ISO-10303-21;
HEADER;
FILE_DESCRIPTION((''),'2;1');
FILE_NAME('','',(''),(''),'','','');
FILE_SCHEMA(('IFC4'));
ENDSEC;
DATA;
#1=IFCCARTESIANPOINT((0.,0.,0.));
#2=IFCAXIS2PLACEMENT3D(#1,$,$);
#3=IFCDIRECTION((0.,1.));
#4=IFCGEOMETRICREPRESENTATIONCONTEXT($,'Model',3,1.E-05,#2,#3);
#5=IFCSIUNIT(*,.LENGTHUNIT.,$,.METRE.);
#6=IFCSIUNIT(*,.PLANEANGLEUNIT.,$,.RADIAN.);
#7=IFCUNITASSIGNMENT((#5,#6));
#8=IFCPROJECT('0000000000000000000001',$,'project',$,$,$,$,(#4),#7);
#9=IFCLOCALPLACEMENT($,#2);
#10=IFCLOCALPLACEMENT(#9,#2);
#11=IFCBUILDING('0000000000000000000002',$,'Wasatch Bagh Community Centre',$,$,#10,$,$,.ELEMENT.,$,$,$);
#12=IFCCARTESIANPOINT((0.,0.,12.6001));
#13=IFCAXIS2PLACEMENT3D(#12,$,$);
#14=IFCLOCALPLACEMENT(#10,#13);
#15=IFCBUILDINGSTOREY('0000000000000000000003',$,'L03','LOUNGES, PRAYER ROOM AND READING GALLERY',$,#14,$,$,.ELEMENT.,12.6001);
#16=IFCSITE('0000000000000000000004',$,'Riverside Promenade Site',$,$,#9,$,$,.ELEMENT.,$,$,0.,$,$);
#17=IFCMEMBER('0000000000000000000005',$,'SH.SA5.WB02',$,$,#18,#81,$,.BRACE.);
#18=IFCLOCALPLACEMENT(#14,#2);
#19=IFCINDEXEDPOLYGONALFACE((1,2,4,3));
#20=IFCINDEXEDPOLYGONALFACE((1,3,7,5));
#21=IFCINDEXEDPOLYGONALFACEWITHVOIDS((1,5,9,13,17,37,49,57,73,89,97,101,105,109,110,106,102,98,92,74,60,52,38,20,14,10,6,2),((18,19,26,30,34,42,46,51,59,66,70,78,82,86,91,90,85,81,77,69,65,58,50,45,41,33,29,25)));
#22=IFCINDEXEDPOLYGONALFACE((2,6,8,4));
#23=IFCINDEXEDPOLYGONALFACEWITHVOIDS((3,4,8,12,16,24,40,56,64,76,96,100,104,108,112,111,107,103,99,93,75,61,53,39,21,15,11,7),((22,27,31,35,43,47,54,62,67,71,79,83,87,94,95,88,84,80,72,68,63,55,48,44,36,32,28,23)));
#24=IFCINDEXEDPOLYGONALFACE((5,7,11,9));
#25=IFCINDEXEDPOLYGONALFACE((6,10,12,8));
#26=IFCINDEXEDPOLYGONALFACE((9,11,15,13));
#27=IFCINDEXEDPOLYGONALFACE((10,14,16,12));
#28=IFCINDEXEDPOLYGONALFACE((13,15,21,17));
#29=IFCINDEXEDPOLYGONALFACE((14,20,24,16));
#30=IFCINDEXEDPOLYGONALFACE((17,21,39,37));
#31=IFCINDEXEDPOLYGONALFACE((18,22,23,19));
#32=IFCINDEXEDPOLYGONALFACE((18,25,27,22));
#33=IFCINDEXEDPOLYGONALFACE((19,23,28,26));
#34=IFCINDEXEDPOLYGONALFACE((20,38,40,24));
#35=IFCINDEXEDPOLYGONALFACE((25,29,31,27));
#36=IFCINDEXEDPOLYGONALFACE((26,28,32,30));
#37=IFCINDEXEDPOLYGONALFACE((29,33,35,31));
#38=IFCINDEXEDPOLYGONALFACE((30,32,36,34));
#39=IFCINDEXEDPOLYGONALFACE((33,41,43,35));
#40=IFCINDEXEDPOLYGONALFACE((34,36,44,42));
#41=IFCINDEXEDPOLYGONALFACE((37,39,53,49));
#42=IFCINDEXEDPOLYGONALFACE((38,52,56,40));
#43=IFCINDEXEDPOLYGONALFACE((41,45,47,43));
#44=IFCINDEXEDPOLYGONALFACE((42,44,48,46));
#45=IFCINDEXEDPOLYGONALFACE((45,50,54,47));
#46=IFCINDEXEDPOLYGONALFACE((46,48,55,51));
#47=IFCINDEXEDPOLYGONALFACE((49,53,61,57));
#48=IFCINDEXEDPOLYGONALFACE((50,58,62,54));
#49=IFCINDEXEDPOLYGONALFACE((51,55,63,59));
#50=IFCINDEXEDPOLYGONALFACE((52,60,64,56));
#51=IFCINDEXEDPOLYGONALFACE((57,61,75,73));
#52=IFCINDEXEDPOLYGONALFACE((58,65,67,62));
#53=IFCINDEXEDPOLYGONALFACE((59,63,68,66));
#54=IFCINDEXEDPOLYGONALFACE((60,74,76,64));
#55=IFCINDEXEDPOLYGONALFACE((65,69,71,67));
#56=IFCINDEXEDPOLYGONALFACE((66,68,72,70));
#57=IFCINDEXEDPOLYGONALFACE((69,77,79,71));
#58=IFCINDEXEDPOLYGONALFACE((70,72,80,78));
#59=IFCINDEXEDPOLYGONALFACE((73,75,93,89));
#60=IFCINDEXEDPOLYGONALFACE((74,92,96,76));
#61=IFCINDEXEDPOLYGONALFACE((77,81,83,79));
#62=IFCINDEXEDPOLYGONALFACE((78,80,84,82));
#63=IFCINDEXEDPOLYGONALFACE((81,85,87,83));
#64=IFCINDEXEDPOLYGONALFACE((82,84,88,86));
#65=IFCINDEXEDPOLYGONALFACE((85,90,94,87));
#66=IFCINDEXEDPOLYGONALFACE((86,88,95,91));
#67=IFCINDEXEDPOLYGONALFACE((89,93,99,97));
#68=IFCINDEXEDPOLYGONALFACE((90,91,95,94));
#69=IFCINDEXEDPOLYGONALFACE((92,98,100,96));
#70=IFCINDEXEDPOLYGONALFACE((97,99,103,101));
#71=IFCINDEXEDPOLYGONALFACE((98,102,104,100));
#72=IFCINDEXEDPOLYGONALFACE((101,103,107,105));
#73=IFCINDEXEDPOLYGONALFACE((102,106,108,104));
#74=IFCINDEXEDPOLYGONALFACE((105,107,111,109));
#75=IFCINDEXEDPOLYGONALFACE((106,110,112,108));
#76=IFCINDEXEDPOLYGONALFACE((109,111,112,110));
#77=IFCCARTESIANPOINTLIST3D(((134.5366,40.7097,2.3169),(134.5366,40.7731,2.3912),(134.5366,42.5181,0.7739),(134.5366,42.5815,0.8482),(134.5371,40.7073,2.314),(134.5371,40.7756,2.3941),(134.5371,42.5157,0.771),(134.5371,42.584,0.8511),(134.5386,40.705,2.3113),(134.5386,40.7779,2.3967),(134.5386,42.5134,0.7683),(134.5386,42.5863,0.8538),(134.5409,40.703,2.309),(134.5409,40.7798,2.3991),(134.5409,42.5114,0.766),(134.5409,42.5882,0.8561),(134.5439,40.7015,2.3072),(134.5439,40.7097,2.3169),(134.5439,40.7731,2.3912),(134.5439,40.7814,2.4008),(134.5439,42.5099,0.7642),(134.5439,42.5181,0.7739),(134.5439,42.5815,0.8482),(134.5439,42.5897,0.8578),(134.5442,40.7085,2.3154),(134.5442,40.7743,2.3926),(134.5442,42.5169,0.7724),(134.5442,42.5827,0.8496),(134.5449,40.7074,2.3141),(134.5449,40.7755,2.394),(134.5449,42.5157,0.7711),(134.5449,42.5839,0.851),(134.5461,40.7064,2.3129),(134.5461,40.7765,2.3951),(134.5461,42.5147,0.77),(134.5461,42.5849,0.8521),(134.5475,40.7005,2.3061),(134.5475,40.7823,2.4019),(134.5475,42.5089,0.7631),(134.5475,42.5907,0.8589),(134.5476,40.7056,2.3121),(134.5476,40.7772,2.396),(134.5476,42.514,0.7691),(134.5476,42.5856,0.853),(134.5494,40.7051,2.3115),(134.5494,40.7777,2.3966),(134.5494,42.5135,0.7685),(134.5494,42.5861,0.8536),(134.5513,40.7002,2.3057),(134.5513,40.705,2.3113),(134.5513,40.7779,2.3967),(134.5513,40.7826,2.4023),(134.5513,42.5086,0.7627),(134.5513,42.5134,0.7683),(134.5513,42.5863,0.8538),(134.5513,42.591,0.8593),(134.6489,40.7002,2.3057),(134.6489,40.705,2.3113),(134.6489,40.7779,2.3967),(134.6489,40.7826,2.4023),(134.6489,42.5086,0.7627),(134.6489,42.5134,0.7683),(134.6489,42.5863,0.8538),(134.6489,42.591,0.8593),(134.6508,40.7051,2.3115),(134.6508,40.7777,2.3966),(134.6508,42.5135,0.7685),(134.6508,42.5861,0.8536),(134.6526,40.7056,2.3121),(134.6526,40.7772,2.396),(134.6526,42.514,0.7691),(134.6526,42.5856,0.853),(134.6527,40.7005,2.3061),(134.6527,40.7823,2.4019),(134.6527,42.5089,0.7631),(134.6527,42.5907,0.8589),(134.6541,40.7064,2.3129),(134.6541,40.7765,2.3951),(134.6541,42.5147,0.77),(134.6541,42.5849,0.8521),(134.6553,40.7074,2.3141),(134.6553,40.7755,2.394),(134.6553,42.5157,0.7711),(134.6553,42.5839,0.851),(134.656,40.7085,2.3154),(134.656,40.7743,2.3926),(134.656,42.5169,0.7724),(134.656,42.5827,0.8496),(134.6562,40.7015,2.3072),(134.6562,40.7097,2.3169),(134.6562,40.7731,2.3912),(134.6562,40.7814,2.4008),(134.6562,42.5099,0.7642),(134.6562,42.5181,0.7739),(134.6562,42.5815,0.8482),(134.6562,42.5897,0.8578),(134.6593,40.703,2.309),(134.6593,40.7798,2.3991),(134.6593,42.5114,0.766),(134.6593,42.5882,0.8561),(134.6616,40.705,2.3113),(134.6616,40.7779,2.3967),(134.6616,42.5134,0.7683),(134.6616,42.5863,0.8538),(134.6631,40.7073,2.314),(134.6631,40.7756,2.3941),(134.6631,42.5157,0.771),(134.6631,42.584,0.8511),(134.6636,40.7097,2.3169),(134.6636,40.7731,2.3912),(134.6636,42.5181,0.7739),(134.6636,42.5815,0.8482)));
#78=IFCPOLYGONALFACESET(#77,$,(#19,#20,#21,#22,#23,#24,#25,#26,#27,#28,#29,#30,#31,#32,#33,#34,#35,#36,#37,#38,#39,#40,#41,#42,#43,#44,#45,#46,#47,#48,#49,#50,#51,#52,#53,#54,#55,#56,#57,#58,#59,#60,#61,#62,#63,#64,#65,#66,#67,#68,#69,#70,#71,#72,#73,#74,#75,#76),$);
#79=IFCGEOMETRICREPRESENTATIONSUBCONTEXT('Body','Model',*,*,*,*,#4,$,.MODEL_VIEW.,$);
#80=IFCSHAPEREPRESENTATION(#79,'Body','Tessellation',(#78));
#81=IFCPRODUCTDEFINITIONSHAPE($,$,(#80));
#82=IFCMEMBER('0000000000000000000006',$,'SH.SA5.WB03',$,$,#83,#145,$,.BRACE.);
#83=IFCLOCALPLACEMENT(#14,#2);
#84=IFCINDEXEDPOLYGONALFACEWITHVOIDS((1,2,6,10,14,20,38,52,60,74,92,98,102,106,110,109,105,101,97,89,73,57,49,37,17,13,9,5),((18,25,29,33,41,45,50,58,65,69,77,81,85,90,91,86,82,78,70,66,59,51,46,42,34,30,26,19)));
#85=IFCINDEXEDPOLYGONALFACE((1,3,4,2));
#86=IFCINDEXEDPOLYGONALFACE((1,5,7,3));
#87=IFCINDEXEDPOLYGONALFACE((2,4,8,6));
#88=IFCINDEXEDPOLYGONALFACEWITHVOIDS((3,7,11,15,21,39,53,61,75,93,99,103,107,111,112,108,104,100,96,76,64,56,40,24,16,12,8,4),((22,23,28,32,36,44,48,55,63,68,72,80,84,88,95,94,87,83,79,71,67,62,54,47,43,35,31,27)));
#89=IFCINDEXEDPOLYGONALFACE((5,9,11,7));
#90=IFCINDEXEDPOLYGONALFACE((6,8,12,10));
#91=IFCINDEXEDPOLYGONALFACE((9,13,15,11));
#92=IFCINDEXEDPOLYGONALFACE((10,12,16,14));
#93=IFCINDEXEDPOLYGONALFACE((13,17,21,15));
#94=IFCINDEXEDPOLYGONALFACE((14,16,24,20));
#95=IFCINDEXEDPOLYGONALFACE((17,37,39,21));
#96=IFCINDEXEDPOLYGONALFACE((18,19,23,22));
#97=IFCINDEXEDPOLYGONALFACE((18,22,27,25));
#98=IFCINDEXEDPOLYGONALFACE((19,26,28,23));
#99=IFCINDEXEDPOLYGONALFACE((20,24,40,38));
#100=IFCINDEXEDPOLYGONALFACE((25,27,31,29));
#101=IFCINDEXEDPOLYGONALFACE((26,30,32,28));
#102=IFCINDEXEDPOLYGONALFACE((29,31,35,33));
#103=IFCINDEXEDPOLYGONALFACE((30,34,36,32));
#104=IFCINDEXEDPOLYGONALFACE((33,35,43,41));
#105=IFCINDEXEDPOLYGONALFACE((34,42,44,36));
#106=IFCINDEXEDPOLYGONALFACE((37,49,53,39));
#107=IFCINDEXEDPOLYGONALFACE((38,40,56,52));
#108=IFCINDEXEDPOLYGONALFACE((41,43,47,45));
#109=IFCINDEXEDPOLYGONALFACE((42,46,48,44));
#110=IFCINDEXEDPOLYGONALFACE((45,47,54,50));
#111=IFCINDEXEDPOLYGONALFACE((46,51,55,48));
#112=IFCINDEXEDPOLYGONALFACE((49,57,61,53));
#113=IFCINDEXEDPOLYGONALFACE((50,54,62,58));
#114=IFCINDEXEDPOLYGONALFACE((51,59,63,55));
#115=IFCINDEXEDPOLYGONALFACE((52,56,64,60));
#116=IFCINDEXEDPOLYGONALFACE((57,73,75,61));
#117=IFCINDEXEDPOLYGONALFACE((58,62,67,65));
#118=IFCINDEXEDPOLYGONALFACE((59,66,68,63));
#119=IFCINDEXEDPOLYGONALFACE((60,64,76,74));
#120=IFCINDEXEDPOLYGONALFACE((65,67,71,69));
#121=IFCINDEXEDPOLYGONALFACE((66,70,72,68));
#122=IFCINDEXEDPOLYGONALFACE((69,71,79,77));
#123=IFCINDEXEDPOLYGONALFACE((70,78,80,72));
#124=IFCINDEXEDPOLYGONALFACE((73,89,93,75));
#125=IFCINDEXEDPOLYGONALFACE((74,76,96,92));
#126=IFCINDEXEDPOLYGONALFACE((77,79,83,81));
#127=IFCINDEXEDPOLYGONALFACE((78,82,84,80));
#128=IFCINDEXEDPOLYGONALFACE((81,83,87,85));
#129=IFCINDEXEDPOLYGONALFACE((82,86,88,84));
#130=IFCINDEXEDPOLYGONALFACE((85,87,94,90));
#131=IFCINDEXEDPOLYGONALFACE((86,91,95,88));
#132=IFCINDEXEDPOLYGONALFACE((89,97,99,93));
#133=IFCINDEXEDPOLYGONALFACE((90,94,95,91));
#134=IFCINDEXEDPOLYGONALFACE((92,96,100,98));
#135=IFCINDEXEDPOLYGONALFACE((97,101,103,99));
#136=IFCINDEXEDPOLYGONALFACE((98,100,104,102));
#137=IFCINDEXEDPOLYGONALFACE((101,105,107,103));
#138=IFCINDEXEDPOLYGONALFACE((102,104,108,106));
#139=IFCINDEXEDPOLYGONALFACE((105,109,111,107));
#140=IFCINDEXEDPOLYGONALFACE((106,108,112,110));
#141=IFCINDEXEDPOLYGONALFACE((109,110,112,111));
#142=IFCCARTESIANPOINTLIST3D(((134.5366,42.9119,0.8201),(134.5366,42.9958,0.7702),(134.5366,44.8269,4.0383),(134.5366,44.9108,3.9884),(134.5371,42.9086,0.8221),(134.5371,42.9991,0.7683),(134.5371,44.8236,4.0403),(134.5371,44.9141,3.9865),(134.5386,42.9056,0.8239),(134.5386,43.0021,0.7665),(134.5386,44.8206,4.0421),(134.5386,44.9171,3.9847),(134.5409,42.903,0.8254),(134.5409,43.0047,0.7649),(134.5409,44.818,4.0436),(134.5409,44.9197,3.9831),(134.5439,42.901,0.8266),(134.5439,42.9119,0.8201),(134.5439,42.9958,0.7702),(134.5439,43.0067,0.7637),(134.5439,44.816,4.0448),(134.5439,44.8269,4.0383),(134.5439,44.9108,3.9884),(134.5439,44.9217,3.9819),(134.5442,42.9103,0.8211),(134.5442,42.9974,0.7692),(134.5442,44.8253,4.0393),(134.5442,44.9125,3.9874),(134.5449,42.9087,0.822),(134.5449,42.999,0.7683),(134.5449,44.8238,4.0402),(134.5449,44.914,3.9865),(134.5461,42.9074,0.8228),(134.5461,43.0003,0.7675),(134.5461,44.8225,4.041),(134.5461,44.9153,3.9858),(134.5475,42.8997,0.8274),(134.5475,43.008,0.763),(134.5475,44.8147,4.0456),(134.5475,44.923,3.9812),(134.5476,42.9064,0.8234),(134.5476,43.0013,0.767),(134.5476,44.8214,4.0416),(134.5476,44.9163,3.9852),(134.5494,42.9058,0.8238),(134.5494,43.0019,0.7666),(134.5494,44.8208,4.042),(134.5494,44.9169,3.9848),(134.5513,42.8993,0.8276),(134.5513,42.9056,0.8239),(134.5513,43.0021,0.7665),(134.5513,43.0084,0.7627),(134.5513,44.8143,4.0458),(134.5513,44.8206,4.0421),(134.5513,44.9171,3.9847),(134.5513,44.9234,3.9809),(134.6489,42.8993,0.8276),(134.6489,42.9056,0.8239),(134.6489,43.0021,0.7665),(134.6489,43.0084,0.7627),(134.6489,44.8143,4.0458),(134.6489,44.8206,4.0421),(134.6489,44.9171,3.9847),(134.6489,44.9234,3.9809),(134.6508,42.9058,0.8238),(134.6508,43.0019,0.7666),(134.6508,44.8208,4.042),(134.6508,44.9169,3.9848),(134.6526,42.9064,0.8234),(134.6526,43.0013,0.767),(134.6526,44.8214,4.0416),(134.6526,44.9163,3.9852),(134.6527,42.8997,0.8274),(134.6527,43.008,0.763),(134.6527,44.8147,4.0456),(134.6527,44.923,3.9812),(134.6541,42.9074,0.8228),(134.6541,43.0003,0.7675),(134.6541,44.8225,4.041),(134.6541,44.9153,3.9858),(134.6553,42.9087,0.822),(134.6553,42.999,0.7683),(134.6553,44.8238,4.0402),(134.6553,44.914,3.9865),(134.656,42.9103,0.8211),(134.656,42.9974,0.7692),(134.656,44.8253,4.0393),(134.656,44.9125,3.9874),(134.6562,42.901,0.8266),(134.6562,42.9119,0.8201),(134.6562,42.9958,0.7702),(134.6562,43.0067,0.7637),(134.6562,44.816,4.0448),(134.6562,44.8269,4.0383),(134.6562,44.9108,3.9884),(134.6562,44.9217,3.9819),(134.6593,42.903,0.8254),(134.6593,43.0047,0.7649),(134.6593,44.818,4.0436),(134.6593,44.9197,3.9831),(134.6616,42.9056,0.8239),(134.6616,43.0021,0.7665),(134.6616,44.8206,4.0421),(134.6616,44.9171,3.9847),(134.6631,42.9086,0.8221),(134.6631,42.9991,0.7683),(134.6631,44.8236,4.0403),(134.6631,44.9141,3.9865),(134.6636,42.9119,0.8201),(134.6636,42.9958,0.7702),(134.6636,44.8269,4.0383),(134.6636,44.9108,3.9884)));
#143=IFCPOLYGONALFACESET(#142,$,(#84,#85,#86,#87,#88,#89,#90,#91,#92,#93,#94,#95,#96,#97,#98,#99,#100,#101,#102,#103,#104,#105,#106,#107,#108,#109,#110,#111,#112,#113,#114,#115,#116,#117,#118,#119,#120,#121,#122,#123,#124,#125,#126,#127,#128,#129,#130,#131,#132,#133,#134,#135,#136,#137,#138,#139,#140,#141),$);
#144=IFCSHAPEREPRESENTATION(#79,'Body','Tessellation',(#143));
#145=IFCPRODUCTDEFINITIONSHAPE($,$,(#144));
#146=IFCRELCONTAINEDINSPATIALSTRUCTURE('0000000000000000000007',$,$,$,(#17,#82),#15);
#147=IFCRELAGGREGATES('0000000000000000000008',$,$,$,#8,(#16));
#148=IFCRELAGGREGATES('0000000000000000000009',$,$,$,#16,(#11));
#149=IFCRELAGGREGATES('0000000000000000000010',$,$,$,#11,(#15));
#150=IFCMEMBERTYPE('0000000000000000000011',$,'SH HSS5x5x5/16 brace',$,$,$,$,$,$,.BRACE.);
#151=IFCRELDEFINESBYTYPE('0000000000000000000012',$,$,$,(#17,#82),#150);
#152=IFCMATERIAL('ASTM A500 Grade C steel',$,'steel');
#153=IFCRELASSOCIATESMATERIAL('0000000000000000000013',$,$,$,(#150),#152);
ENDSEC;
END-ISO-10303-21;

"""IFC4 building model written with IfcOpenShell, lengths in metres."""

from ifc_helpers import new_model, si_unit, direction, frame, origin, origin_2d, place, context, subcontext, project, spatial, hollow_rectangle, extrude, material, material_profile, profile_set, type_object, element, save


model = new_model("IFC4")

# Units and contexts
model_context = context("Model", 3, precision=1e-05, world=origin(), true_north=direction((0.0, 1.0)))
body_context = subcontext(model_context, "Body", "Model", "MODEL_VIEW")
ifc_project = project(units=[si_unit("LENGTHUNIT", "METRE"), si_unit("PLANEANGLEUNIT", "RADIAN")], contexts=[model_context])

# Site, building, storey
site_placement = place(None, origin())
site = spatial("IfcSite", under=ifc_project, at=site_placement, Name="Riverside Promenade Site", CompositionType="ELEMENT", RefElevation=0.0)
building_placement = place(site_placement, origin())
building = spatial("IfcBuilding", under=site, at=building_placement, Name="Wasatch Bagh Community Centre", CompositionType="ELEMENT")
storey_placement = place(building_placement, frame((0.0, 0.0, 12.6001)))
storey = spatial("IfcBuildingStorey", under=building, at=storey_placement, Name="L03", Description="LOUNGES, PRAYER ROOM AND READING GALLERY", CompositionType="ELEMENT", Elevation=12.6001)

# Members
ifc_material_1 = material(Name="ASTM A500 Grade C steel", Category="steel")
ifc_material_profile_1 = material_profile(ifc_material_1, hollow_rectangle(XDim=0.127, YDim=0.127, WallThickness=0.0073, InnerFilletRadius=0.0073, OuterFilletRadius=0.0146, at=origin_2d()), Name="HSS5x5x5/16")
ifc_profile_set_1 = profile_set([ifc_material_profile_1], Name="ASTM A500 Grade C steel")
member_type_1 = type_object("IfcMemberType", Name="SH HSS5x5x5/16 brace", PredefinedType="BRACE", material=ifc_profile_set_1)
member_1_placement = place(storey_placement, frame((134.6001, 42.5498, 0.811), z_axis=(0.0, -0.760719, 0.649081), x_axis=(1.0, 0.0, 0.0)))
element("IfcMember", 1, at=member_1_placement, inside=storey, type_object=member_type_1, Name="SH.SA5.WB02", PredefinedType="BRACE", context=body_context, shape_type="SweptSolid", body=[
    extrude(hollow_rectangle(XDim=0.127, YDim=0.127, WallThickness=0.0073, InnerFilletRadius=0.0073, OuterFilletRadius=0.0146, at=origin_2d()), origin(), (0.0, 0.0, 1.0), 2.3772),
])
member_2_placement = place(storey_placement, frame((134.6001, 42.9539, 0.7952), z_axis=(0.0, 0.511367, 0.859362), x_axis=(-1.0, 0.0, 0.0)))
element("IfcMember", 2, at=member_2_placement, inside=storey, type_object=member_type_1, Name="SH.SA5.WB03", PredefinedType="BRACE", context=body_context, shape_type="SweptSolid", body=[
    extrude(hollow_rectangle(XDim=0.127, YDim=0.127, WallThickness=0.0073, InnerFilletRadius=0.0073, OuterFilletRadius=0.0146, at=origin_2d()), origin(), (0.0, 0.0, 1.0), 3.7449),
])

save(model, "model.ifc")
